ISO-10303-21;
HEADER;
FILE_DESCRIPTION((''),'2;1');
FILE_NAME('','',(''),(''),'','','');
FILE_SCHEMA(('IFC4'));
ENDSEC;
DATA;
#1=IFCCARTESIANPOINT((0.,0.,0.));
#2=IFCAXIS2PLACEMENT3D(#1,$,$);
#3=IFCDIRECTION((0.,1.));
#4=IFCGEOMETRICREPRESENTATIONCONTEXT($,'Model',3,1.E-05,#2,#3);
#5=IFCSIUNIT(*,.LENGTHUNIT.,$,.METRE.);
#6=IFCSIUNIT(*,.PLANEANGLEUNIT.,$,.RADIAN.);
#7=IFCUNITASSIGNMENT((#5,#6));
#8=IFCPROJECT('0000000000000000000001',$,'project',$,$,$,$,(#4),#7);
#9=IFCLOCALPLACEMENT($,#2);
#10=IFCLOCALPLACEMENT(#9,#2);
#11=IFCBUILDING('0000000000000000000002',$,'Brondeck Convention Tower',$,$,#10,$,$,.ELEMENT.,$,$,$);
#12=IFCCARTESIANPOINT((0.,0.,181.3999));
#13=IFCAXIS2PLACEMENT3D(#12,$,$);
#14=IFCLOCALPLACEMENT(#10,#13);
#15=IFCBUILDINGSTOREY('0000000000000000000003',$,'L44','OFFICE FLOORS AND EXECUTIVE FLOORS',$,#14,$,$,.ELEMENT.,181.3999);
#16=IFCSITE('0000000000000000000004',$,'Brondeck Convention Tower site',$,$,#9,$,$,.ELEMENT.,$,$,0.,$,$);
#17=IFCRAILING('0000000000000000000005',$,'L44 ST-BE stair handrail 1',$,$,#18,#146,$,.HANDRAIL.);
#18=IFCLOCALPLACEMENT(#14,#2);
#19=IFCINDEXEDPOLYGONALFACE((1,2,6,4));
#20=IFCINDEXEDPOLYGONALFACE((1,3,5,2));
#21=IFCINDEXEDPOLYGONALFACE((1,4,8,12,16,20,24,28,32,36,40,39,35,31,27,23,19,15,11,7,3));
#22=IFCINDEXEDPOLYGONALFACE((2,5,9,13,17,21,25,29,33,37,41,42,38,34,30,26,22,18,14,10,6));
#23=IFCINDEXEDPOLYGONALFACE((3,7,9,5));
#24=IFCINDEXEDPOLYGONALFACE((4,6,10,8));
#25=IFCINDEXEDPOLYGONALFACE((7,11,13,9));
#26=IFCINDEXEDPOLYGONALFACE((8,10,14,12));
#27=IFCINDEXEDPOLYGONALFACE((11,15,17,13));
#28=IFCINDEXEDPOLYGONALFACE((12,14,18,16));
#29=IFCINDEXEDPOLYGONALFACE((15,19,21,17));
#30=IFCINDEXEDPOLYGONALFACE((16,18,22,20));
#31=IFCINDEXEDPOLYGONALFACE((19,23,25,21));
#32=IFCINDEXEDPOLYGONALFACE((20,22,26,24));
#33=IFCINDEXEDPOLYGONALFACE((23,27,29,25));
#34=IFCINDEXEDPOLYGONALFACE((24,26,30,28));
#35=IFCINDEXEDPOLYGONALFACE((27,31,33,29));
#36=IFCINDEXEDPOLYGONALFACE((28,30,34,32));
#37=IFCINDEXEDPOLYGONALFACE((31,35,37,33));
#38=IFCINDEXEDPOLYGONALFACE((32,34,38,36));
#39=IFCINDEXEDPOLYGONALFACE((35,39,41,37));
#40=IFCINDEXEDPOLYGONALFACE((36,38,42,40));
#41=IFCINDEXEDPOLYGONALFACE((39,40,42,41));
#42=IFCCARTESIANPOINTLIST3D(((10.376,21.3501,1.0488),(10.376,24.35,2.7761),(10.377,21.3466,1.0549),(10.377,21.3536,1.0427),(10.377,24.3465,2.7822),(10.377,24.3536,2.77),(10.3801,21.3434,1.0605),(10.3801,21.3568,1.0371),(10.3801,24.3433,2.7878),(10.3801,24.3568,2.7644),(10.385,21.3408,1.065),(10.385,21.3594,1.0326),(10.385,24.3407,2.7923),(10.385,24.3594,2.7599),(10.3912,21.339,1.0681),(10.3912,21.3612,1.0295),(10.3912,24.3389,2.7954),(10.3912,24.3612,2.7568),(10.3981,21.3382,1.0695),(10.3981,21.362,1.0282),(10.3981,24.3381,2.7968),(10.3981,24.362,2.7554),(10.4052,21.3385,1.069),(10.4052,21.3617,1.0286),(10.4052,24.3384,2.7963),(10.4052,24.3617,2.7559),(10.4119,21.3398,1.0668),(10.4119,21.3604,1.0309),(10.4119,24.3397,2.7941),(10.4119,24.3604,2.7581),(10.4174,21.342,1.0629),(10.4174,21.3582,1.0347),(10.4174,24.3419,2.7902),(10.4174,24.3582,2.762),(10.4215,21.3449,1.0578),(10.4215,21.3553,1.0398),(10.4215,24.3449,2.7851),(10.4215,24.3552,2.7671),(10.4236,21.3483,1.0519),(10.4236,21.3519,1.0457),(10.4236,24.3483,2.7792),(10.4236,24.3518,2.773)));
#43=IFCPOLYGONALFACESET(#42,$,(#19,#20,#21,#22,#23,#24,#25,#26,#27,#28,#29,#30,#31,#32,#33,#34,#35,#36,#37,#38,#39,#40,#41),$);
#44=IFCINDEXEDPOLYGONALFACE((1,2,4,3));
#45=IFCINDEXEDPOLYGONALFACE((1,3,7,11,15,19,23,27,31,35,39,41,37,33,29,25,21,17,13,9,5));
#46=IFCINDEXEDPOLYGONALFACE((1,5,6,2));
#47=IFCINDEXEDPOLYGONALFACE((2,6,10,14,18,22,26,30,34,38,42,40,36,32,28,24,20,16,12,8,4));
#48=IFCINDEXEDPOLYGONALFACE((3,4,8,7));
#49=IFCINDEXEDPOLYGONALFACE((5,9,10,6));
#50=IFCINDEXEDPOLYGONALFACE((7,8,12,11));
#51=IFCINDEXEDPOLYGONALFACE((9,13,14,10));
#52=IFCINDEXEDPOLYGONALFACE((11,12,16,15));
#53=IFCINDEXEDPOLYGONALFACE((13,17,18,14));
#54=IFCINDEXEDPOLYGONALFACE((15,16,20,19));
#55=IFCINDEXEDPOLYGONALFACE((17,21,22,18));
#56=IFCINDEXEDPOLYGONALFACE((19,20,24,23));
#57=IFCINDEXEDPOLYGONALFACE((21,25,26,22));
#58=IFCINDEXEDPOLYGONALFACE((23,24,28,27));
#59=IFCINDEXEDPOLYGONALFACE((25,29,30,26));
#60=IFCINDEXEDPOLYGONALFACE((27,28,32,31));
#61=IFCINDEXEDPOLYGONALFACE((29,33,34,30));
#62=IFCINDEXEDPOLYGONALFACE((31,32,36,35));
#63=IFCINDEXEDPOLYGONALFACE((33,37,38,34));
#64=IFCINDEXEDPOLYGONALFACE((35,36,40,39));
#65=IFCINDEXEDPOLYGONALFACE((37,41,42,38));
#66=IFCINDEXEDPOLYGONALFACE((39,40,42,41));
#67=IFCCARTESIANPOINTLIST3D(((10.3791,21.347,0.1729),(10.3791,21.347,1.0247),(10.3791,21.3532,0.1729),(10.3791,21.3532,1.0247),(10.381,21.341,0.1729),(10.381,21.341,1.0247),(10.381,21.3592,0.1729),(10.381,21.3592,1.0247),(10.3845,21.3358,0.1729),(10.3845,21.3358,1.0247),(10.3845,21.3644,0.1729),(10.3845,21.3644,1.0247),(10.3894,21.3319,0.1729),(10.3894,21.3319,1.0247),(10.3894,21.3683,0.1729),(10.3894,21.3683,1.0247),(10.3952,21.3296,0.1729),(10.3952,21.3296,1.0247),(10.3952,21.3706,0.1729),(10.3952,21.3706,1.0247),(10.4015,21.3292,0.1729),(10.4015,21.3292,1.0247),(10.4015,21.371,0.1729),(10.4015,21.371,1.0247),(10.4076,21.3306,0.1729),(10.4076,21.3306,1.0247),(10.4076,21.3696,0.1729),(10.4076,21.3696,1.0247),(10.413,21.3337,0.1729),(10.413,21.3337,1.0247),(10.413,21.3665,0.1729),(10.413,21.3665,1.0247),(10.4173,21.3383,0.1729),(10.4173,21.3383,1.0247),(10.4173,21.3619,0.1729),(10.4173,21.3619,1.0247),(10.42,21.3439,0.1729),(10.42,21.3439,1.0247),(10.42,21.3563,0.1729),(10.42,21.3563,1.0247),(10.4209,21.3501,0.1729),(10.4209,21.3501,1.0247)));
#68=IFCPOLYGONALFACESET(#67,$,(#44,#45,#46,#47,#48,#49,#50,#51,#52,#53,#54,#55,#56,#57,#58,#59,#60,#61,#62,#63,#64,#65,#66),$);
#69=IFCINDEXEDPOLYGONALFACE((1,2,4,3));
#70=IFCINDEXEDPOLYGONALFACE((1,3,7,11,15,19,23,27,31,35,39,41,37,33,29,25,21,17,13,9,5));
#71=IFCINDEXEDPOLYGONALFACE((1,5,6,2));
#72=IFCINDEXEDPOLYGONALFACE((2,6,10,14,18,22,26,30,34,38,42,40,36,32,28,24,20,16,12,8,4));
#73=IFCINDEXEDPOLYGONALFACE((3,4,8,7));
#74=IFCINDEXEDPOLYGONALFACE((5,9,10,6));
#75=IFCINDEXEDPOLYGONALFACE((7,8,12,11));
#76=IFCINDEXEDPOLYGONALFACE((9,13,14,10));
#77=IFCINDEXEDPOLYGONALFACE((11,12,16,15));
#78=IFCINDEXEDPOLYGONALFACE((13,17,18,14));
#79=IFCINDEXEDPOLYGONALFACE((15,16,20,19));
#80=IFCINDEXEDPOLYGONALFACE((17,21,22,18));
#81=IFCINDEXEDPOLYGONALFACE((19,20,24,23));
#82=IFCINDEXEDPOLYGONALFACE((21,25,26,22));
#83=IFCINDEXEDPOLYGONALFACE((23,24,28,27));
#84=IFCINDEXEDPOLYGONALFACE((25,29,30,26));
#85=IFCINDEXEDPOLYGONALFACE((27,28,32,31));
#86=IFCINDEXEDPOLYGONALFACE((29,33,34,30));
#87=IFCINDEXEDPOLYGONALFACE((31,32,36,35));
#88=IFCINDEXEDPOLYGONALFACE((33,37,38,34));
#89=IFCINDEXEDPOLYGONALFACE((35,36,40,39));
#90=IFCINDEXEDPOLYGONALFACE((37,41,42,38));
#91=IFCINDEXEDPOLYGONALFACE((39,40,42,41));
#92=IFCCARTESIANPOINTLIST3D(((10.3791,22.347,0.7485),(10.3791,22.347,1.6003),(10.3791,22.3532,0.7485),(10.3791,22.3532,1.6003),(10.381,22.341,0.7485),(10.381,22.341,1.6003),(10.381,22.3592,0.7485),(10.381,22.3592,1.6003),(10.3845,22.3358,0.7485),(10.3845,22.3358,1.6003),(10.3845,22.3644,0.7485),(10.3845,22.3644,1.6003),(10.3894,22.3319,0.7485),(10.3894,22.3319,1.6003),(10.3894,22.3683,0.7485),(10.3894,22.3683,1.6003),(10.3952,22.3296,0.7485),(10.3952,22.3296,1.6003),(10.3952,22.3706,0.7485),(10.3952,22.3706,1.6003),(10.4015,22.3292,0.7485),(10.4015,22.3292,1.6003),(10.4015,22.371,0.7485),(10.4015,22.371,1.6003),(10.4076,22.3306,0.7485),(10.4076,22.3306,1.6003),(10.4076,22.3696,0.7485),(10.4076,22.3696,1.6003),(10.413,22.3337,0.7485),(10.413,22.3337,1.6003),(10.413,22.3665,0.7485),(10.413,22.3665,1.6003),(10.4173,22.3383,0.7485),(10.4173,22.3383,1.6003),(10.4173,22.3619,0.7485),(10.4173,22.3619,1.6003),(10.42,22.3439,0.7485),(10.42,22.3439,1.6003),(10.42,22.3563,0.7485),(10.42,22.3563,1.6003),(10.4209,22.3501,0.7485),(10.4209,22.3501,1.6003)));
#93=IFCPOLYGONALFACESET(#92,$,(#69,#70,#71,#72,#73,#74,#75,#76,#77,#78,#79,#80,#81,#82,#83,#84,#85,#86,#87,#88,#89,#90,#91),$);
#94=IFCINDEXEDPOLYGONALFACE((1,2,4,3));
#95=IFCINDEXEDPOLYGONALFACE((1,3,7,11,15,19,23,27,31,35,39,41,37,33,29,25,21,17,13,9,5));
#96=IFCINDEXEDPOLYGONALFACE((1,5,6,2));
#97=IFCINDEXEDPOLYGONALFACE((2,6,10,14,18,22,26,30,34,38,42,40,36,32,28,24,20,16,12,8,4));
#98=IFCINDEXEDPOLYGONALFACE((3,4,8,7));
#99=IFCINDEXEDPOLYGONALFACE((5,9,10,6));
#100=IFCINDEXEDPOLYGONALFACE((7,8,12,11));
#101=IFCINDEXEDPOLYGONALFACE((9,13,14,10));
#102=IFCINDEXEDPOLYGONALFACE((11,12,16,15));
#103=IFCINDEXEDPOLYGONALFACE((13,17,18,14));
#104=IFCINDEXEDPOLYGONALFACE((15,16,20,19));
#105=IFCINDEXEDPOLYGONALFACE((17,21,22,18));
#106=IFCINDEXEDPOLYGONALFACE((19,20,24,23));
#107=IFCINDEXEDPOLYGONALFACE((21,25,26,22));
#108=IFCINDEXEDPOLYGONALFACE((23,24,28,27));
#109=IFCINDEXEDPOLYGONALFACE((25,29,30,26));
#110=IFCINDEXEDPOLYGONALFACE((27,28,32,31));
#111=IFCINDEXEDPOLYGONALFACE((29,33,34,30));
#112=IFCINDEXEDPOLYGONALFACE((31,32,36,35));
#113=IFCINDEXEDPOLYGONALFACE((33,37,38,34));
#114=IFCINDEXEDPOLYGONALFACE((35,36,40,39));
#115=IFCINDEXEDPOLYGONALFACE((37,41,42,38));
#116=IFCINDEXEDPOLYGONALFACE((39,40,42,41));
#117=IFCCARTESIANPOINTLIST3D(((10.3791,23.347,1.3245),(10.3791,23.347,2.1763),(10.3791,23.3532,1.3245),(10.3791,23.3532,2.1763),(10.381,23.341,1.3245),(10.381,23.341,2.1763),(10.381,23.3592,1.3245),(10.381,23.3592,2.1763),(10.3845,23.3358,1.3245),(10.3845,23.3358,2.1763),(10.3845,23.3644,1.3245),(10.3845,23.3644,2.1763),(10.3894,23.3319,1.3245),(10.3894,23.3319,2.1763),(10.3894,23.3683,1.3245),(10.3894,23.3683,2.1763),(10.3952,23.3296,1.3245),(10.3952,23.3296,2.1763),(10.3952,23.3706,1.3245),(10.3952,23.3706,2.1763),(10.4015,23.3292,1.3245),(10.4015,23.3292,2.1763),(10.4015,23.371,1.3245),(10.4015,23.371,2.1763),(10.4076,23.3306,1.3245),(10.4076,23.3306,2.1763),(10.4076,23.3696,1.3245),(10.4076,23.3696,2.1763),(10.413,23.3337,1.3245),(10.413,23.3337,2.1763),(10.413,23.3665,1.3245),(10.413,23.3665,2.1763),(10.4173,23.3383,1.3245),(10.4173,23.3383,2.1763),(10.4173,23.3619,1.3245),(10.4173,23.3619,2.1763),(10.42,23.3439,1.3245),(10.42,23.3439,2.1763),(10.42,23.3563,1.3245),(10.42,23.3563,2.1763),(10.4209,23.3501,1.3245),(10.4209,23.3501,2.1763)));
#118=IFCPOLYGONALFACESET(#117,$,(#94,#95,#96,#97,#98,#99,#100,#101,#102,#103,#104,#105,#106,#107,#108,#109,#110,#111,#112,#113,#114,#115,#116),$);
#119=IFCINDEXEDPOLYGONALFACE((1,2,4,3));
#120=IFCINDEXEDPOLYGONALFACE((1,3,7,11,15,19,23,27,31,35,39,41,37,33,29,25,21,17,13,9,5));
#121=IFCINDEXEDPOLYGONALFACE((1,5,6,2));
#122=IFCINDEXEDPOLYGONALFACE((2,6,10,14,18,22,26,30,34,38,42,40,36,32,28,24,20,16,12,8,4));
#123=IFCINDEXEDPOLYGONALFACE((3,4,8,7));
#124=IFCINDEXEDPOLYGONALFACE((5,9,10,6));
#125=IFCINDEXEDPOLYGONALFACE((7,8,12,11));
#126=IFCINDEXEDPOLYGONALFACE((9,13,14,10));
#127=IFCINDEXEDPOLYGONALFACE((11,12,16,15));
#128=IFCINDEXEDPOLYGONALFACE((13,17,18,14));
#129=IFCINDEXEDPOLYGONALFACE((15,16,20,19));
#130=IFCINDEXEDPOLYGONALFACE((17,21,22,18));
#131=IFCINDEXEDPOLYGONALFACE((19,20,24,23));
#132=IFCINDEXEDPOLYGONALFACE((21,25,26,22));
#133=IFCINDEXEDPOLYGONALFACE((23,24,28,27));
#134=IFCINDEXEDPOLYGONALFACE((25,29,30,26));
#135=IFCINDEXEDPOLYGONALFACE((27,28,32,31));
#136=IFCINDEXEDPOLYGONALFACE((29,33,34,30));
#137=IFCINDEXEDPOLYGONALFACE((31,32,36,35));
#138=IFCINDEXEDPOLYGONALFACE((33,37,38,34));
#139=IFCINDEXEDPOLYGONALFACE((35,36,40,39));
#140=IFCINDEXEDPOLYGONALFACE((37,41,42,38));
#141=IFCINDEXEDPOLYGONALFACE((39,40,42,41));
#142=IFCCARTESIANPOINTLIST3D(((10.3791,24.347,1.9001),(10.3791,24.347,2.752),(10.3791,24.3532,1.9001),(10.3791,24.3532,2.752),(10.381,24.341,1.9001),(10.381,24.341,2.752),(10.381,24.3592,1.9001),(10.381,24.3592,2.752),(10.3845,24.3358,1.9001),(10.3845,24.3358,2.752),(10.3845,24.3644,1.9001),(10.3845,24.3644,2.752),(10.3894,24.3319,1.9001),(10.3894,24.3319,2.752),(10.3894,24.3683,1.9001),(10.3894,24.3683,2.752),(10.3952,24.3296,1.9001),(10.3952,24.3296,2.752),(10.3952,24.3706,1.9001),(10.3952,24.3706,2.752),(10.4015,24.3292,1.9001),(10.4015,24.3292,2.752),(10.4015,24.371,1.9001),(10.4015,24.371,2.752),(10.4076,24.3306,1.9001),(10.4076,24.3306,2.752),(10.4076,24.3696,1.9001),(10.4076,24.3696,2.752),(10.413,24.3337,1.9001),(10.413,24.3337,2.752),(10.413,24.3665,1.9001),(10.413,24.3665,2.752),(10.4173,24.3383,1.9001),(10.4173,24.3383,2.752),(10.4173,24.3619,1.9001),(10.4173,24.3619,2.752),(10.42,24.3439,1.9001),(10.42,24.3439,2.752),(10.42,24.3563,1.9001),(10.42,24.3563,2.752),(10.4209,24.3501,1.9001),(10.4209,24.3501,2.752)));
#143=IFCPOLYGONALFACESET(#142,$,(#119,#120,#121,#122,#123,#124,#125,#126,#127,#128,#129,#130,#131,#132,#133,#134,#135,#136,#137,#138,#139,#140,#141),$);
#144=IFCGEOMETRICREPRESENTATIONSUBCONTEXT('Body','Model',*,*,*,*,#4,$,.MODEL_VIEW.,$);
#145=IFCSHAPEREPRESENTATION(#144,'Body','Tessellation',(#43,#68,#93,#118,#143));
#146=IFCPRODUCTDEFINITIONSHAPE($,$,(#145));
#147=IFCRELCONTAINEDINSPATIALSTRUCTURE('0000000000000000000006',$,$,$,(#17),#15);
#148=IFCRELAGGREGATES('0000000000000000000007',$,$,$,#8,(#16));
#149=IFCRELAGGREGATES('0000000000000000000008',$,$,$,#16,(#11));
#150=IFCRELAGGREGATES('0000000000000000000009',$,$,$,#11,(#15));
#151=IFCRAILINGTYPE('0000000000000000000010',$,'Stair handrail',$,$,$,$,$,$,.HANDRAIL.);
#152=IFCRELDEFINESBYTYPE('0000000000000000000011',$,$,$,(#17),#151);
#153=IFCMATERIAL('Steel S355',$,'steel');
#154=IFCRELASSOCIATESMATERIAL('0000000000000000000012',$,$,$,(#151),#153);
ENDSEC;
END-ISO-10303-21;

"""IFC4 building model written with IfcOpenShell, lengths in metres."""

from ifc_helpers import new_model, si_unit, direction, frame, origin, origin_2d, place, context, subcontext, project, spatial, circle, extrude, material, type_object, element, save


model = new_model("IFC4")

# Units and contexts
model_context = context("Model", 3, precision=1e-05, world=origin(), true_north=direction((0.0, 1.0)))
body_context = subcontext(model_context, "Body", "Model", "MODEL_VIEW")
ifc_project = project(units=[si_unit("LENGTHUNIT", "METRE"), si_unit("PLANEANGLEUNIT", "RADIAN")], contexts=[model_context])

# Site, building, storey
site_placement = place(None, origin())
site = spatial("IfcSite", under=ifc_project, at=site_placement, Name="Brondeck Convention Tower site", CompositionType="ELEMENT", RefElevation=0.0)
building_placement = place(site_placement, origin())
building = spatial("IfcBuilding", under=site, at=building_placement, Name="Brondeck Convention Tower", CompositionType="ELEMENT")
storey_placement = place(building_placement, frame((0.0, 0.0, 181.3999)))
storey = spatial("IfcBuildingStorey", under=building, at=storey_placement, Name="L44", Description="OFFICE FLOORS AND EXECUTIVE FLOORS", CompositionType="ELEMENT", Elevation=181.3999)

# Shared definitions
ifc_material_1 = material(Name="Steel S355", Category="steel")

# Railing
railing_type_1 = type_object("IfcRailingType", Name="Stair handrail", PredefinedType="HANDRAIL", material=ifc_material_1)
railing_1_placement = place(storey_placement, frame((10.3999, 21.3501, 0.1729)))
element("IfcRailing", 1, at=railing_1_placement, inside=storey, type_object=railing_type_1, Name="L44 ST-BE stair handrail 1", PredefinedType="HANDRAIL", context=body_context, shape_type="SweptSolid", body=[
    extrude(circle(Radius=0.0239, at=origin_2d()), frame((0.0, 0.0, 0.876), z_axis=(0.0, 0.86662, 0.498969), x_axis=(-1.0, 0.0, 0.0)), (0.0, 0.0, 1.0), 3.4617),
    extrude(circle(Radius=0.021, at=origin_2d()), origin(), (0.0, 0.0, 1.0), 0.8518),
    extrude(circle(Radius=0.021, at=origin_2d()), frame((0.0, 1.0, 0.5757)), (0.0, 0.0, 1.0), 0.8518),
    extrude(circle(Radius=0.021, at=origin_2d()), frame((0.0, 2.0, 1.1516)), (0.0, 0.0, 1.0), 0.8518),
    extrude(circle(Radius=0.021, at=origin_2d()), frame((0.0, 3.0, 1.7273)), (0.0, 0.0, 1.0), 0.8518),
])

save(model, "model.ifc")
